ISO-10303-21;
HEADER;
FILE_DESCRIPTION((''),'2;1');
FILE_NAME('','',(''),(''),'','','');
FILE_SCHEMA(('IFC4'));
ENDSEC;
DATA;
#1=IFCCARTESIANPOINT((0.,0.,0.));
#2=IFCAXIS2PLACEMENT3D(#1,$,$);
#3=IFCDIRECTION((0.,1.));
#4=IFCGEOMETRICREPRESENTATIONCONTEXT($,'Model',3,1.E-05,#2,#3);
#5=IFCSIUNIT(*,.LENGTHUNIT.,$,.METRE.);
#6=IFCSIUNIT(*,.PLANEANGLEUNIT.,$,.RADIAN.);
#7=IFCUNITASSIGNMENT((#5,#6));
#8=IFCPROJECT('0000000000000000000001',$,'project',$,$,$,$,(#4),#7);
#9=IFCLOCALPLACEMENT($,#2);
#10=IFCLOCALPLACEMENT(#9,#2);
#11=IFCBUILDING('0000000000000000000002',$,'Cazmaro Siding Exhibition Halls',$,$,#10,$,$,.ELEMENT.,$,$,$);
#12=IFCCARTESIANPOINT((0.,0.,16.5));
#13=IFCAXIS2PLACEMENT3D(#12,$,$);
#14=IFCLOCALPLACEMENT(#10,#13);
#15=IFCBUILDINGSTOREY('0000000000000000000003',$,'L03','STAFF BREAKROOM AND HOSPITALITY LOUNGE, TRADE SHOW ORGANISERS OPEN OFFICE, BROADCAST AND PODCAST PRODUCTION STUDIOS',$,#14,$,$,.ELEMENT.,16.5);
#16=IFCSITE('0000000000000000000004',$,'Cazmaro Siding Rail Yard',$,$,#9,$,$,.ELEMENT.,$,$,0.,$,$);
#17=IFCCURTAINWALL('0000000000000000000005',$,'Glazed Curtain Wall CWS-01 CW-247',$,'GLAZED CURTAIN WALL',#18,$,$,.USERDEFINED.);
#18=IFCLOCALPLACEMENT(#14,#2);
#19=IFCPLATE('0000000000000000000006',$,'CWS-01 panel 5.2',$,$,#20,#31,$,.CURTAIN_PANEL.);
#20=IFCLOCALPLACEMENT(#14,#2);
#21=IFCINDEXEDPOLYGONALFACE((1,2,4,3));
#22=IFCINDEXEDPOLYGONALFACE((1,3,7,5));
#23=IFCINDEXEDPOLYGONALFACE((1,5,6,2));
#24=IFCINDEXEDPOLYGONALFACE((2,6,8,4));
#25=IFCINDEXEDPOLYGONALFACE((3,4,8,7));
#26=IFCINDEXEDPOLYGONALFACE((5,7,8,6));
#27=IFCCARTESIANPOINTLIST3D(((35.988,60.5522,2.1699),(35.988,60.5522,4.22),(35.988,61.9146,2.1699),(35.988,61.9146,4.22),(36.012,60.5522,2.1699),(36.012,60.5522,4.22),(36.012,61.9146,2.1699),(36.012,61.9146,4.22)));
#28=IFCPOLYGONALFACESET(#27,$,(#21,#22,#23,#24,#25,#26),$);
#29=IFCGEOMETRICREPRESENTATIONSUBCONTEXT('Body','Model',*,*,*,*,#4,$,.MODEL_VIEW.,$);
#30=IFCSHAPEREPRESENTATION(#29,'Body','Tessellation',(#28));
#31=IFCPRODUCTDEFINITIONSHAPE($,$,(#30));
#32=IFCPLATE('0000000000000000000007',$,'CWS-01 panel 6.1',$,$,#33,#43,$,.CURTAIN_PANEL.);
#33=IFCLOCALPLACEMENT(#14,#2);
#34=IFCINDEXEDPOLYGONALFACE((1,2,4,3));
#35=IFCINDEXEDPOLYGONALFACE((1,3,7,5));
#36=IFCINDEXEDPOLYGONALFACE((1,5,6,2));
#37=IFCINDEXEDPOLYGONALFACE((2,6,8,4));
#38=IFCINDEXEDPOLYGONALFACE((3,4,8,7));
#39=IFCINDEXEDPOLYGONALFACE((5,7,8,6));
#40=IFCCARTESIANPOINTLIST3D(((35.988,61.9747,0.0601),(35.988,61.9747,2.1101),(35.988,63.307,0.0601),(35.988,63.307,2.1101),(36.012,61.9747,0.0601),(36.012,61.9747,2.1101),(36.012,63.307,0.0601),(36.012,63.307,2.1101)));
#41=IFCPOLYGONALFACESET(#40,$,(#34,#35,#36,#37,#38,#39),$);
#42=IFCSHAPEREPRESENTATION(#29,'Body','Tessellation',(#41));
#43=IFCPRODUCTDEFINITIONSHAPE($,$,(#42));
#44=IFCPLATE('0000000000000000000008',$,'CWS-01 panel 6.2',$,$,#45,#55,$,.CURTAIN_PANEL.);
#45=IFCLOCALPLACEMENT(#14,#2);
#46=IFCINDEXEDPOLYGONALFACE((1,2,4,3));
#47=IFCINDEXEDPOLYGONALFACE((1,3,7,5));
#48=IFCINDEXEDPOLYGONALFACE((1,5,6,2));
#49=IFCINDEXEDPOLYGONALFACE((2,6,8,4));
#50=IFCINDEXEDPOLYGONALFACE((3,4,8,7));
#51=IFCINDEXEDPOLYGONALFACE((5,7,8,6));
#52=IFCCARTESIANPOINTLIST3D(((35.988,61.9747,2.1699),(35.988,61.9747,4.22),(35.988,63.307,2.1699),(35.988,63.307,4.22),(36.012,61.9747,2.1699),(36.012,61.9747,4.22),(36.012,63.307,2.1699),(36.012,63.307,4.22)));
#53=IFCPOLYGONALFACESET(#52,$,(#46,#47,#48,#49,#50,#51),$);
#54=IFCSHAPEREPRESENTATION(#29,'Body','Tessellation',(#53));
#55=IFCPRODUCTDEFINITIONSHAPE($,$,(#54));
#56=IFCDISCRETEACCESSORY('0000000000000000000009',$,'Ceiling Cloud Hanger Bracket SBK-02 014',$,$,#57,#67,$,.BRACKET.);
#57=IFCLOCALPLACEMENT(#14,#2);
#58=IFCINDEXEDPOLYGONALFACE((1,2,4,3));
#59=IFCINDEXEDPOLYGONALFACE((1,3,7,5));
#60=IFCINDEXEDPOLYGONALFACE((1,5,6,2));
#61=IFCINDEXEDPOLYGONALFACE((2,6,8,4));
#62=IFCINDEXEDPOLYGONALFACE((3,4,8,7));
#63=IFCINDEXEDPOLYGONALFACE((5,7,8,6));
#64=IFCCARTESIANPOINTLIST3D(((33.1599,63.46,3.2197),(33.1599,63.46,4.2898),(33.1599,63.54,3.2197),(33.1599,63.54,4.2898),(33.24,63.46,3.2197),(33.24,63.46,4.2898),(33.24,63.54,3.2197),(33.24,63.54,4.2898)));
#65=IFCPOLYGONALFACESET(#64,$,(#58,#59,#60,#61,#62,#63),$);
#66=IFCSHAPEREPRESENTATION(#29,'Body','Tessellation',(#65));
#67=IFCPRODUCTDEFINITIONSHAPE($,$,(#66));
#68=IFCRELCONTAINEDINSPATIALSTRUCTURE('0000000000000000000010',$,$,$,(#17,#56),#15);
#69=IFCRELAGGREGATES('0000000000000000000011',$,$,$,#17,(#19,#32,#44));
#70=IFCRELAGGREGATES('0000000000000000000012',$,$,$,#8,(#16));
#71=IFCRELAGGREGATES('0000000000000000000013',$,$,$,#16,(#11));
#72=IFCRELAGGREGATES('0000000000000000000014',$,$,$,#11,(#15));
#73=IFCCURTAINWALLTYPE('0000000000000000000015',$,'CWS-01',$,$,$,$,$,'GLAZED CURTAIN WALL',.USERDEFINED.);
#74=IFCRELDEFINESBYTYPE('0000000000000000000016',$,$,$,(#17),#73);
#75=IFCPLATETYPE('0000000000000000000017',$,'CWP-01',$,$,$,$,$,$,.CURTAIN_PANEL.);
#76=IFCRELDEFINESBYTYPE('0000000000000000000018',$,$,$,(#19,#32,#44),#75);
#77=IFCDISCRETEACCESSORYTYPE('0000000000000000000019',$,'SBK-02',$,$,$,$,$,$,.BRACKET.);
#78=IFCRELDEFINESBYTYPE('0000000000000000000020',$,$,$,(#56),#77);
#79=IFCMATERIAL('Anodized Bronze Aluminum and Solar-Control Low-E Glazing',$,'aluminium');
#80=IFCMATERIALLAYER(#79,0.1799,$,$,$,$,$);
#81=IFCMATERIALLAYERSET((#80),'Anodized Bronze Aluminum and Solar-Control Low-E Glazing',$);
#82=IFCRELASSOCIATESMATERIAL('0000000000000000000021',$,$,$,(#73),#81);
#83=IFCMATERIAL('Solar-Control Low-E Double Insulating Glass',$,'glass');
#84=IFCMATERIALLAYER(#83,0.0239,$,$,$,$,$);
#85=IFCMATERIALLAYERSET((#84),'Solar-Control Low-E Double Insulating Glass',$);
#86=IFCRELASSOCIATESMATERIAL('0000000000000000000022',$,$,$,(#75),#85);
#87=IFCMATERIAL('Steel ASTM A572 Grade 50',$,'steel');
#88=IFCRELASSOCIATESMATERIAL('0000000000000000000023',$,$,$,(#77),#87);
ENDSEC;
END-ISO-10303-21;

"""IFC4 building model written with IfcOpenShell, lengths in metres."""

from ifc_helpers import new_model, si_unit, direction, frame, origin, origin_2d, place, context, subcontext, project, spatial, rectangle, extrude, material, layer, layer_set, type_object, element, aggregate, save


model = new_model("IFC4")

# Units and contexts
model_context = context("Model", 3, precision=1e-05, world=origin(), true_north=direction((0.0, 1.0)))
body_context = subcontext(model_context, "Body", "Model", "MODEL_VIEW")
ifc_project = project(units=[si_unit("LENGTHUNIT", "METRE"), si_unit("PLANEANGLEUNIT", "RADIAN")], contexts=[model_context])

# Site, building, storey
site_placement = place(None, origin())
site = spatial("IfcSite", under=ifc_project, at=site_placement, Name="Cazmaro Siding Rail Yard", CompositionType="ELEMENT", RefElevation=0.0)
building_placement = place(site_placement, origin())
building = spatial("IfcBuilding", under=site, at=building_placement, Name="Cazmaro Siding Exhibition Halls", CompositionType="ELEMENT")
storey_placement = place(building_placement, frame((0.0, 0.0, 16.5)))
storey = spatial("IfcBuildingStorey", under=building, at=storey_placement, Name="L03", Description="STAFF BREAKROOM AND HOSPITALITY LOUNGE, TRADE SHOW ORGANISERS OPEN OFFICE, BROADCAST AND PODCAST PRODUCTION STUDIOS", CompositionType="ELEMENT", Elevation=16.5)

# Curtain wall, plates
ifc_material_1 = material(Name="Anodized Bronze Aluminum and Solar-Control Low-E Glazing", Category="aluminium")
ifc_layer_1 = layer(ifc_material_1, 0.1799)
ifc_layer_set_1 = layer_set([ifc_layer_1], Name="Anodized Bronze Aluminum and Solar-Control Low-E Glazing")
curtain_wall_type = type_object("IfcCurtainWallType", Name="CWS-01", ElementType="GLAZED CURTAIN WALL", PredefinedType="USERDEFINED", material=ifc_layer_set_1)
curtain_wall_placement = place(storey_placement, origin())
curtain_wall = element("IfcCurtainWall", 1, at=curtain_wall_placement, inside=storey, type_object=curtain_wall_type, Name="Glazed Curtain Wall CWS-01 CW-247", ObjectType="GLAZED CURTAIN WALL", PredefinedType="USERDEFINED")
ifc_material_2 = material(Name="Solar-Control Low-E Double Insulating Glass", Category="glass")
ifc_layer_2 = layer(ifc_material_2, 0.0239)
ifc_layer_set_2 = layer_set([ifc_layer_2], Name="Solar-Control Low-E Double Insulating Glass")
plate_type = type_object("IfcPlateType", Name="CWP-01", PredefinedType="CURTAIN_PANEL", material=ifc_layer_set_2)
plate_1_placement = place(storey_placement, frame((36.0, 61.2334, 2.1699), z_axis=(0.0, 0.0, 1.0), x_axis=(0.0, 1.0, 0.0)))
plate_1 = element("IfcPlate", 2, at=plate_1_placement, type_object=plate_type, Name="CWS-01 panel 5.2", PredefinedType="CURTAIN_PANEL", context=body_context, shape_type="SweptSolid", body=[
    extrude(rectangle(XDim=1.3623, YDim=0.0239, at=origin_2d()), origin(), (0.0, 0.0, 1.0), 2.05),
])
plate_2_placement = place(storey_placement, frame((36.0, 62.6409, 0.0601), z_axis=(0.0, 0.0, 1.0), x_axis=(0.0, 1.0, 0.0)))
plate_2 = element("IfcPlate", 3, at=plate_2_placement, type_object=plate_type, Name="CWS-01 panel 6.1", PredefinedType="CURTAIN_PANEL", context=body_context, shape_type="SweptSolid", body=[
    extrude(rectangle(XDim=1.3323, YDim=0.0239, at=origin_2d()), origin(), (0.0, 0.0, 1.0), 2.05),
])
plate_3_placement = place(storey_placement, frame((36.0, 62.6409, 2.1699), z_axis=(0.0, 0.0, 1.0), x_axis=(0.0, 1.0, 0.0)))
plate_3 = element("IfcPlate", 4, at=plate_3_placement, type_object=plate_type, Name="CWS-01 panel 6.2", PredefinedType="CURTAIN_PANEL", context=body_context, shape_type="SweptSolid", body=[
    extrude(rectangle(XDim=1.3323, YDim=0.0239, at=origin_2d()), origin(), (0.0, 0.0, 1.0), 2.05),
])
aggregate(curtain_wall, [plate_1, plate_2, plate_3])

# Discrete accessory
ifc_material_3 = material(Name="Steel ASTM A572 Grade 50", Category="steel")
discrete_accessory_type = type_object("IfcDiscreteAccessoryType", Name="SBK-02", PredefinedType="BRACKET", material=ifc_material_3)
discrete_accessory_placement = place(storey_placement, frame((33.2, 63.5, 3.2197), z_axis=(0.0, 0.0, 1.0), x_axis=(1.0, 0.0, 0.0)))
element("IfcDiscreteAccessory", 5, at=discrete_accessory_placement, inside=storey, type_object=discrete_accessory_type, Name="Ceiling Cloud Hanger Bracket SBK-02 014", PredefinedType="BRACKET", context=body_context, shape_type="SweptSolid", body=[
    extrude(rectangle(XDim=0.0801, YDim=0.0801, at=origin_2d()), origin(), (0.0, 0.0, 1.0), 1.0701),
])

save(model, "model.ifc")
